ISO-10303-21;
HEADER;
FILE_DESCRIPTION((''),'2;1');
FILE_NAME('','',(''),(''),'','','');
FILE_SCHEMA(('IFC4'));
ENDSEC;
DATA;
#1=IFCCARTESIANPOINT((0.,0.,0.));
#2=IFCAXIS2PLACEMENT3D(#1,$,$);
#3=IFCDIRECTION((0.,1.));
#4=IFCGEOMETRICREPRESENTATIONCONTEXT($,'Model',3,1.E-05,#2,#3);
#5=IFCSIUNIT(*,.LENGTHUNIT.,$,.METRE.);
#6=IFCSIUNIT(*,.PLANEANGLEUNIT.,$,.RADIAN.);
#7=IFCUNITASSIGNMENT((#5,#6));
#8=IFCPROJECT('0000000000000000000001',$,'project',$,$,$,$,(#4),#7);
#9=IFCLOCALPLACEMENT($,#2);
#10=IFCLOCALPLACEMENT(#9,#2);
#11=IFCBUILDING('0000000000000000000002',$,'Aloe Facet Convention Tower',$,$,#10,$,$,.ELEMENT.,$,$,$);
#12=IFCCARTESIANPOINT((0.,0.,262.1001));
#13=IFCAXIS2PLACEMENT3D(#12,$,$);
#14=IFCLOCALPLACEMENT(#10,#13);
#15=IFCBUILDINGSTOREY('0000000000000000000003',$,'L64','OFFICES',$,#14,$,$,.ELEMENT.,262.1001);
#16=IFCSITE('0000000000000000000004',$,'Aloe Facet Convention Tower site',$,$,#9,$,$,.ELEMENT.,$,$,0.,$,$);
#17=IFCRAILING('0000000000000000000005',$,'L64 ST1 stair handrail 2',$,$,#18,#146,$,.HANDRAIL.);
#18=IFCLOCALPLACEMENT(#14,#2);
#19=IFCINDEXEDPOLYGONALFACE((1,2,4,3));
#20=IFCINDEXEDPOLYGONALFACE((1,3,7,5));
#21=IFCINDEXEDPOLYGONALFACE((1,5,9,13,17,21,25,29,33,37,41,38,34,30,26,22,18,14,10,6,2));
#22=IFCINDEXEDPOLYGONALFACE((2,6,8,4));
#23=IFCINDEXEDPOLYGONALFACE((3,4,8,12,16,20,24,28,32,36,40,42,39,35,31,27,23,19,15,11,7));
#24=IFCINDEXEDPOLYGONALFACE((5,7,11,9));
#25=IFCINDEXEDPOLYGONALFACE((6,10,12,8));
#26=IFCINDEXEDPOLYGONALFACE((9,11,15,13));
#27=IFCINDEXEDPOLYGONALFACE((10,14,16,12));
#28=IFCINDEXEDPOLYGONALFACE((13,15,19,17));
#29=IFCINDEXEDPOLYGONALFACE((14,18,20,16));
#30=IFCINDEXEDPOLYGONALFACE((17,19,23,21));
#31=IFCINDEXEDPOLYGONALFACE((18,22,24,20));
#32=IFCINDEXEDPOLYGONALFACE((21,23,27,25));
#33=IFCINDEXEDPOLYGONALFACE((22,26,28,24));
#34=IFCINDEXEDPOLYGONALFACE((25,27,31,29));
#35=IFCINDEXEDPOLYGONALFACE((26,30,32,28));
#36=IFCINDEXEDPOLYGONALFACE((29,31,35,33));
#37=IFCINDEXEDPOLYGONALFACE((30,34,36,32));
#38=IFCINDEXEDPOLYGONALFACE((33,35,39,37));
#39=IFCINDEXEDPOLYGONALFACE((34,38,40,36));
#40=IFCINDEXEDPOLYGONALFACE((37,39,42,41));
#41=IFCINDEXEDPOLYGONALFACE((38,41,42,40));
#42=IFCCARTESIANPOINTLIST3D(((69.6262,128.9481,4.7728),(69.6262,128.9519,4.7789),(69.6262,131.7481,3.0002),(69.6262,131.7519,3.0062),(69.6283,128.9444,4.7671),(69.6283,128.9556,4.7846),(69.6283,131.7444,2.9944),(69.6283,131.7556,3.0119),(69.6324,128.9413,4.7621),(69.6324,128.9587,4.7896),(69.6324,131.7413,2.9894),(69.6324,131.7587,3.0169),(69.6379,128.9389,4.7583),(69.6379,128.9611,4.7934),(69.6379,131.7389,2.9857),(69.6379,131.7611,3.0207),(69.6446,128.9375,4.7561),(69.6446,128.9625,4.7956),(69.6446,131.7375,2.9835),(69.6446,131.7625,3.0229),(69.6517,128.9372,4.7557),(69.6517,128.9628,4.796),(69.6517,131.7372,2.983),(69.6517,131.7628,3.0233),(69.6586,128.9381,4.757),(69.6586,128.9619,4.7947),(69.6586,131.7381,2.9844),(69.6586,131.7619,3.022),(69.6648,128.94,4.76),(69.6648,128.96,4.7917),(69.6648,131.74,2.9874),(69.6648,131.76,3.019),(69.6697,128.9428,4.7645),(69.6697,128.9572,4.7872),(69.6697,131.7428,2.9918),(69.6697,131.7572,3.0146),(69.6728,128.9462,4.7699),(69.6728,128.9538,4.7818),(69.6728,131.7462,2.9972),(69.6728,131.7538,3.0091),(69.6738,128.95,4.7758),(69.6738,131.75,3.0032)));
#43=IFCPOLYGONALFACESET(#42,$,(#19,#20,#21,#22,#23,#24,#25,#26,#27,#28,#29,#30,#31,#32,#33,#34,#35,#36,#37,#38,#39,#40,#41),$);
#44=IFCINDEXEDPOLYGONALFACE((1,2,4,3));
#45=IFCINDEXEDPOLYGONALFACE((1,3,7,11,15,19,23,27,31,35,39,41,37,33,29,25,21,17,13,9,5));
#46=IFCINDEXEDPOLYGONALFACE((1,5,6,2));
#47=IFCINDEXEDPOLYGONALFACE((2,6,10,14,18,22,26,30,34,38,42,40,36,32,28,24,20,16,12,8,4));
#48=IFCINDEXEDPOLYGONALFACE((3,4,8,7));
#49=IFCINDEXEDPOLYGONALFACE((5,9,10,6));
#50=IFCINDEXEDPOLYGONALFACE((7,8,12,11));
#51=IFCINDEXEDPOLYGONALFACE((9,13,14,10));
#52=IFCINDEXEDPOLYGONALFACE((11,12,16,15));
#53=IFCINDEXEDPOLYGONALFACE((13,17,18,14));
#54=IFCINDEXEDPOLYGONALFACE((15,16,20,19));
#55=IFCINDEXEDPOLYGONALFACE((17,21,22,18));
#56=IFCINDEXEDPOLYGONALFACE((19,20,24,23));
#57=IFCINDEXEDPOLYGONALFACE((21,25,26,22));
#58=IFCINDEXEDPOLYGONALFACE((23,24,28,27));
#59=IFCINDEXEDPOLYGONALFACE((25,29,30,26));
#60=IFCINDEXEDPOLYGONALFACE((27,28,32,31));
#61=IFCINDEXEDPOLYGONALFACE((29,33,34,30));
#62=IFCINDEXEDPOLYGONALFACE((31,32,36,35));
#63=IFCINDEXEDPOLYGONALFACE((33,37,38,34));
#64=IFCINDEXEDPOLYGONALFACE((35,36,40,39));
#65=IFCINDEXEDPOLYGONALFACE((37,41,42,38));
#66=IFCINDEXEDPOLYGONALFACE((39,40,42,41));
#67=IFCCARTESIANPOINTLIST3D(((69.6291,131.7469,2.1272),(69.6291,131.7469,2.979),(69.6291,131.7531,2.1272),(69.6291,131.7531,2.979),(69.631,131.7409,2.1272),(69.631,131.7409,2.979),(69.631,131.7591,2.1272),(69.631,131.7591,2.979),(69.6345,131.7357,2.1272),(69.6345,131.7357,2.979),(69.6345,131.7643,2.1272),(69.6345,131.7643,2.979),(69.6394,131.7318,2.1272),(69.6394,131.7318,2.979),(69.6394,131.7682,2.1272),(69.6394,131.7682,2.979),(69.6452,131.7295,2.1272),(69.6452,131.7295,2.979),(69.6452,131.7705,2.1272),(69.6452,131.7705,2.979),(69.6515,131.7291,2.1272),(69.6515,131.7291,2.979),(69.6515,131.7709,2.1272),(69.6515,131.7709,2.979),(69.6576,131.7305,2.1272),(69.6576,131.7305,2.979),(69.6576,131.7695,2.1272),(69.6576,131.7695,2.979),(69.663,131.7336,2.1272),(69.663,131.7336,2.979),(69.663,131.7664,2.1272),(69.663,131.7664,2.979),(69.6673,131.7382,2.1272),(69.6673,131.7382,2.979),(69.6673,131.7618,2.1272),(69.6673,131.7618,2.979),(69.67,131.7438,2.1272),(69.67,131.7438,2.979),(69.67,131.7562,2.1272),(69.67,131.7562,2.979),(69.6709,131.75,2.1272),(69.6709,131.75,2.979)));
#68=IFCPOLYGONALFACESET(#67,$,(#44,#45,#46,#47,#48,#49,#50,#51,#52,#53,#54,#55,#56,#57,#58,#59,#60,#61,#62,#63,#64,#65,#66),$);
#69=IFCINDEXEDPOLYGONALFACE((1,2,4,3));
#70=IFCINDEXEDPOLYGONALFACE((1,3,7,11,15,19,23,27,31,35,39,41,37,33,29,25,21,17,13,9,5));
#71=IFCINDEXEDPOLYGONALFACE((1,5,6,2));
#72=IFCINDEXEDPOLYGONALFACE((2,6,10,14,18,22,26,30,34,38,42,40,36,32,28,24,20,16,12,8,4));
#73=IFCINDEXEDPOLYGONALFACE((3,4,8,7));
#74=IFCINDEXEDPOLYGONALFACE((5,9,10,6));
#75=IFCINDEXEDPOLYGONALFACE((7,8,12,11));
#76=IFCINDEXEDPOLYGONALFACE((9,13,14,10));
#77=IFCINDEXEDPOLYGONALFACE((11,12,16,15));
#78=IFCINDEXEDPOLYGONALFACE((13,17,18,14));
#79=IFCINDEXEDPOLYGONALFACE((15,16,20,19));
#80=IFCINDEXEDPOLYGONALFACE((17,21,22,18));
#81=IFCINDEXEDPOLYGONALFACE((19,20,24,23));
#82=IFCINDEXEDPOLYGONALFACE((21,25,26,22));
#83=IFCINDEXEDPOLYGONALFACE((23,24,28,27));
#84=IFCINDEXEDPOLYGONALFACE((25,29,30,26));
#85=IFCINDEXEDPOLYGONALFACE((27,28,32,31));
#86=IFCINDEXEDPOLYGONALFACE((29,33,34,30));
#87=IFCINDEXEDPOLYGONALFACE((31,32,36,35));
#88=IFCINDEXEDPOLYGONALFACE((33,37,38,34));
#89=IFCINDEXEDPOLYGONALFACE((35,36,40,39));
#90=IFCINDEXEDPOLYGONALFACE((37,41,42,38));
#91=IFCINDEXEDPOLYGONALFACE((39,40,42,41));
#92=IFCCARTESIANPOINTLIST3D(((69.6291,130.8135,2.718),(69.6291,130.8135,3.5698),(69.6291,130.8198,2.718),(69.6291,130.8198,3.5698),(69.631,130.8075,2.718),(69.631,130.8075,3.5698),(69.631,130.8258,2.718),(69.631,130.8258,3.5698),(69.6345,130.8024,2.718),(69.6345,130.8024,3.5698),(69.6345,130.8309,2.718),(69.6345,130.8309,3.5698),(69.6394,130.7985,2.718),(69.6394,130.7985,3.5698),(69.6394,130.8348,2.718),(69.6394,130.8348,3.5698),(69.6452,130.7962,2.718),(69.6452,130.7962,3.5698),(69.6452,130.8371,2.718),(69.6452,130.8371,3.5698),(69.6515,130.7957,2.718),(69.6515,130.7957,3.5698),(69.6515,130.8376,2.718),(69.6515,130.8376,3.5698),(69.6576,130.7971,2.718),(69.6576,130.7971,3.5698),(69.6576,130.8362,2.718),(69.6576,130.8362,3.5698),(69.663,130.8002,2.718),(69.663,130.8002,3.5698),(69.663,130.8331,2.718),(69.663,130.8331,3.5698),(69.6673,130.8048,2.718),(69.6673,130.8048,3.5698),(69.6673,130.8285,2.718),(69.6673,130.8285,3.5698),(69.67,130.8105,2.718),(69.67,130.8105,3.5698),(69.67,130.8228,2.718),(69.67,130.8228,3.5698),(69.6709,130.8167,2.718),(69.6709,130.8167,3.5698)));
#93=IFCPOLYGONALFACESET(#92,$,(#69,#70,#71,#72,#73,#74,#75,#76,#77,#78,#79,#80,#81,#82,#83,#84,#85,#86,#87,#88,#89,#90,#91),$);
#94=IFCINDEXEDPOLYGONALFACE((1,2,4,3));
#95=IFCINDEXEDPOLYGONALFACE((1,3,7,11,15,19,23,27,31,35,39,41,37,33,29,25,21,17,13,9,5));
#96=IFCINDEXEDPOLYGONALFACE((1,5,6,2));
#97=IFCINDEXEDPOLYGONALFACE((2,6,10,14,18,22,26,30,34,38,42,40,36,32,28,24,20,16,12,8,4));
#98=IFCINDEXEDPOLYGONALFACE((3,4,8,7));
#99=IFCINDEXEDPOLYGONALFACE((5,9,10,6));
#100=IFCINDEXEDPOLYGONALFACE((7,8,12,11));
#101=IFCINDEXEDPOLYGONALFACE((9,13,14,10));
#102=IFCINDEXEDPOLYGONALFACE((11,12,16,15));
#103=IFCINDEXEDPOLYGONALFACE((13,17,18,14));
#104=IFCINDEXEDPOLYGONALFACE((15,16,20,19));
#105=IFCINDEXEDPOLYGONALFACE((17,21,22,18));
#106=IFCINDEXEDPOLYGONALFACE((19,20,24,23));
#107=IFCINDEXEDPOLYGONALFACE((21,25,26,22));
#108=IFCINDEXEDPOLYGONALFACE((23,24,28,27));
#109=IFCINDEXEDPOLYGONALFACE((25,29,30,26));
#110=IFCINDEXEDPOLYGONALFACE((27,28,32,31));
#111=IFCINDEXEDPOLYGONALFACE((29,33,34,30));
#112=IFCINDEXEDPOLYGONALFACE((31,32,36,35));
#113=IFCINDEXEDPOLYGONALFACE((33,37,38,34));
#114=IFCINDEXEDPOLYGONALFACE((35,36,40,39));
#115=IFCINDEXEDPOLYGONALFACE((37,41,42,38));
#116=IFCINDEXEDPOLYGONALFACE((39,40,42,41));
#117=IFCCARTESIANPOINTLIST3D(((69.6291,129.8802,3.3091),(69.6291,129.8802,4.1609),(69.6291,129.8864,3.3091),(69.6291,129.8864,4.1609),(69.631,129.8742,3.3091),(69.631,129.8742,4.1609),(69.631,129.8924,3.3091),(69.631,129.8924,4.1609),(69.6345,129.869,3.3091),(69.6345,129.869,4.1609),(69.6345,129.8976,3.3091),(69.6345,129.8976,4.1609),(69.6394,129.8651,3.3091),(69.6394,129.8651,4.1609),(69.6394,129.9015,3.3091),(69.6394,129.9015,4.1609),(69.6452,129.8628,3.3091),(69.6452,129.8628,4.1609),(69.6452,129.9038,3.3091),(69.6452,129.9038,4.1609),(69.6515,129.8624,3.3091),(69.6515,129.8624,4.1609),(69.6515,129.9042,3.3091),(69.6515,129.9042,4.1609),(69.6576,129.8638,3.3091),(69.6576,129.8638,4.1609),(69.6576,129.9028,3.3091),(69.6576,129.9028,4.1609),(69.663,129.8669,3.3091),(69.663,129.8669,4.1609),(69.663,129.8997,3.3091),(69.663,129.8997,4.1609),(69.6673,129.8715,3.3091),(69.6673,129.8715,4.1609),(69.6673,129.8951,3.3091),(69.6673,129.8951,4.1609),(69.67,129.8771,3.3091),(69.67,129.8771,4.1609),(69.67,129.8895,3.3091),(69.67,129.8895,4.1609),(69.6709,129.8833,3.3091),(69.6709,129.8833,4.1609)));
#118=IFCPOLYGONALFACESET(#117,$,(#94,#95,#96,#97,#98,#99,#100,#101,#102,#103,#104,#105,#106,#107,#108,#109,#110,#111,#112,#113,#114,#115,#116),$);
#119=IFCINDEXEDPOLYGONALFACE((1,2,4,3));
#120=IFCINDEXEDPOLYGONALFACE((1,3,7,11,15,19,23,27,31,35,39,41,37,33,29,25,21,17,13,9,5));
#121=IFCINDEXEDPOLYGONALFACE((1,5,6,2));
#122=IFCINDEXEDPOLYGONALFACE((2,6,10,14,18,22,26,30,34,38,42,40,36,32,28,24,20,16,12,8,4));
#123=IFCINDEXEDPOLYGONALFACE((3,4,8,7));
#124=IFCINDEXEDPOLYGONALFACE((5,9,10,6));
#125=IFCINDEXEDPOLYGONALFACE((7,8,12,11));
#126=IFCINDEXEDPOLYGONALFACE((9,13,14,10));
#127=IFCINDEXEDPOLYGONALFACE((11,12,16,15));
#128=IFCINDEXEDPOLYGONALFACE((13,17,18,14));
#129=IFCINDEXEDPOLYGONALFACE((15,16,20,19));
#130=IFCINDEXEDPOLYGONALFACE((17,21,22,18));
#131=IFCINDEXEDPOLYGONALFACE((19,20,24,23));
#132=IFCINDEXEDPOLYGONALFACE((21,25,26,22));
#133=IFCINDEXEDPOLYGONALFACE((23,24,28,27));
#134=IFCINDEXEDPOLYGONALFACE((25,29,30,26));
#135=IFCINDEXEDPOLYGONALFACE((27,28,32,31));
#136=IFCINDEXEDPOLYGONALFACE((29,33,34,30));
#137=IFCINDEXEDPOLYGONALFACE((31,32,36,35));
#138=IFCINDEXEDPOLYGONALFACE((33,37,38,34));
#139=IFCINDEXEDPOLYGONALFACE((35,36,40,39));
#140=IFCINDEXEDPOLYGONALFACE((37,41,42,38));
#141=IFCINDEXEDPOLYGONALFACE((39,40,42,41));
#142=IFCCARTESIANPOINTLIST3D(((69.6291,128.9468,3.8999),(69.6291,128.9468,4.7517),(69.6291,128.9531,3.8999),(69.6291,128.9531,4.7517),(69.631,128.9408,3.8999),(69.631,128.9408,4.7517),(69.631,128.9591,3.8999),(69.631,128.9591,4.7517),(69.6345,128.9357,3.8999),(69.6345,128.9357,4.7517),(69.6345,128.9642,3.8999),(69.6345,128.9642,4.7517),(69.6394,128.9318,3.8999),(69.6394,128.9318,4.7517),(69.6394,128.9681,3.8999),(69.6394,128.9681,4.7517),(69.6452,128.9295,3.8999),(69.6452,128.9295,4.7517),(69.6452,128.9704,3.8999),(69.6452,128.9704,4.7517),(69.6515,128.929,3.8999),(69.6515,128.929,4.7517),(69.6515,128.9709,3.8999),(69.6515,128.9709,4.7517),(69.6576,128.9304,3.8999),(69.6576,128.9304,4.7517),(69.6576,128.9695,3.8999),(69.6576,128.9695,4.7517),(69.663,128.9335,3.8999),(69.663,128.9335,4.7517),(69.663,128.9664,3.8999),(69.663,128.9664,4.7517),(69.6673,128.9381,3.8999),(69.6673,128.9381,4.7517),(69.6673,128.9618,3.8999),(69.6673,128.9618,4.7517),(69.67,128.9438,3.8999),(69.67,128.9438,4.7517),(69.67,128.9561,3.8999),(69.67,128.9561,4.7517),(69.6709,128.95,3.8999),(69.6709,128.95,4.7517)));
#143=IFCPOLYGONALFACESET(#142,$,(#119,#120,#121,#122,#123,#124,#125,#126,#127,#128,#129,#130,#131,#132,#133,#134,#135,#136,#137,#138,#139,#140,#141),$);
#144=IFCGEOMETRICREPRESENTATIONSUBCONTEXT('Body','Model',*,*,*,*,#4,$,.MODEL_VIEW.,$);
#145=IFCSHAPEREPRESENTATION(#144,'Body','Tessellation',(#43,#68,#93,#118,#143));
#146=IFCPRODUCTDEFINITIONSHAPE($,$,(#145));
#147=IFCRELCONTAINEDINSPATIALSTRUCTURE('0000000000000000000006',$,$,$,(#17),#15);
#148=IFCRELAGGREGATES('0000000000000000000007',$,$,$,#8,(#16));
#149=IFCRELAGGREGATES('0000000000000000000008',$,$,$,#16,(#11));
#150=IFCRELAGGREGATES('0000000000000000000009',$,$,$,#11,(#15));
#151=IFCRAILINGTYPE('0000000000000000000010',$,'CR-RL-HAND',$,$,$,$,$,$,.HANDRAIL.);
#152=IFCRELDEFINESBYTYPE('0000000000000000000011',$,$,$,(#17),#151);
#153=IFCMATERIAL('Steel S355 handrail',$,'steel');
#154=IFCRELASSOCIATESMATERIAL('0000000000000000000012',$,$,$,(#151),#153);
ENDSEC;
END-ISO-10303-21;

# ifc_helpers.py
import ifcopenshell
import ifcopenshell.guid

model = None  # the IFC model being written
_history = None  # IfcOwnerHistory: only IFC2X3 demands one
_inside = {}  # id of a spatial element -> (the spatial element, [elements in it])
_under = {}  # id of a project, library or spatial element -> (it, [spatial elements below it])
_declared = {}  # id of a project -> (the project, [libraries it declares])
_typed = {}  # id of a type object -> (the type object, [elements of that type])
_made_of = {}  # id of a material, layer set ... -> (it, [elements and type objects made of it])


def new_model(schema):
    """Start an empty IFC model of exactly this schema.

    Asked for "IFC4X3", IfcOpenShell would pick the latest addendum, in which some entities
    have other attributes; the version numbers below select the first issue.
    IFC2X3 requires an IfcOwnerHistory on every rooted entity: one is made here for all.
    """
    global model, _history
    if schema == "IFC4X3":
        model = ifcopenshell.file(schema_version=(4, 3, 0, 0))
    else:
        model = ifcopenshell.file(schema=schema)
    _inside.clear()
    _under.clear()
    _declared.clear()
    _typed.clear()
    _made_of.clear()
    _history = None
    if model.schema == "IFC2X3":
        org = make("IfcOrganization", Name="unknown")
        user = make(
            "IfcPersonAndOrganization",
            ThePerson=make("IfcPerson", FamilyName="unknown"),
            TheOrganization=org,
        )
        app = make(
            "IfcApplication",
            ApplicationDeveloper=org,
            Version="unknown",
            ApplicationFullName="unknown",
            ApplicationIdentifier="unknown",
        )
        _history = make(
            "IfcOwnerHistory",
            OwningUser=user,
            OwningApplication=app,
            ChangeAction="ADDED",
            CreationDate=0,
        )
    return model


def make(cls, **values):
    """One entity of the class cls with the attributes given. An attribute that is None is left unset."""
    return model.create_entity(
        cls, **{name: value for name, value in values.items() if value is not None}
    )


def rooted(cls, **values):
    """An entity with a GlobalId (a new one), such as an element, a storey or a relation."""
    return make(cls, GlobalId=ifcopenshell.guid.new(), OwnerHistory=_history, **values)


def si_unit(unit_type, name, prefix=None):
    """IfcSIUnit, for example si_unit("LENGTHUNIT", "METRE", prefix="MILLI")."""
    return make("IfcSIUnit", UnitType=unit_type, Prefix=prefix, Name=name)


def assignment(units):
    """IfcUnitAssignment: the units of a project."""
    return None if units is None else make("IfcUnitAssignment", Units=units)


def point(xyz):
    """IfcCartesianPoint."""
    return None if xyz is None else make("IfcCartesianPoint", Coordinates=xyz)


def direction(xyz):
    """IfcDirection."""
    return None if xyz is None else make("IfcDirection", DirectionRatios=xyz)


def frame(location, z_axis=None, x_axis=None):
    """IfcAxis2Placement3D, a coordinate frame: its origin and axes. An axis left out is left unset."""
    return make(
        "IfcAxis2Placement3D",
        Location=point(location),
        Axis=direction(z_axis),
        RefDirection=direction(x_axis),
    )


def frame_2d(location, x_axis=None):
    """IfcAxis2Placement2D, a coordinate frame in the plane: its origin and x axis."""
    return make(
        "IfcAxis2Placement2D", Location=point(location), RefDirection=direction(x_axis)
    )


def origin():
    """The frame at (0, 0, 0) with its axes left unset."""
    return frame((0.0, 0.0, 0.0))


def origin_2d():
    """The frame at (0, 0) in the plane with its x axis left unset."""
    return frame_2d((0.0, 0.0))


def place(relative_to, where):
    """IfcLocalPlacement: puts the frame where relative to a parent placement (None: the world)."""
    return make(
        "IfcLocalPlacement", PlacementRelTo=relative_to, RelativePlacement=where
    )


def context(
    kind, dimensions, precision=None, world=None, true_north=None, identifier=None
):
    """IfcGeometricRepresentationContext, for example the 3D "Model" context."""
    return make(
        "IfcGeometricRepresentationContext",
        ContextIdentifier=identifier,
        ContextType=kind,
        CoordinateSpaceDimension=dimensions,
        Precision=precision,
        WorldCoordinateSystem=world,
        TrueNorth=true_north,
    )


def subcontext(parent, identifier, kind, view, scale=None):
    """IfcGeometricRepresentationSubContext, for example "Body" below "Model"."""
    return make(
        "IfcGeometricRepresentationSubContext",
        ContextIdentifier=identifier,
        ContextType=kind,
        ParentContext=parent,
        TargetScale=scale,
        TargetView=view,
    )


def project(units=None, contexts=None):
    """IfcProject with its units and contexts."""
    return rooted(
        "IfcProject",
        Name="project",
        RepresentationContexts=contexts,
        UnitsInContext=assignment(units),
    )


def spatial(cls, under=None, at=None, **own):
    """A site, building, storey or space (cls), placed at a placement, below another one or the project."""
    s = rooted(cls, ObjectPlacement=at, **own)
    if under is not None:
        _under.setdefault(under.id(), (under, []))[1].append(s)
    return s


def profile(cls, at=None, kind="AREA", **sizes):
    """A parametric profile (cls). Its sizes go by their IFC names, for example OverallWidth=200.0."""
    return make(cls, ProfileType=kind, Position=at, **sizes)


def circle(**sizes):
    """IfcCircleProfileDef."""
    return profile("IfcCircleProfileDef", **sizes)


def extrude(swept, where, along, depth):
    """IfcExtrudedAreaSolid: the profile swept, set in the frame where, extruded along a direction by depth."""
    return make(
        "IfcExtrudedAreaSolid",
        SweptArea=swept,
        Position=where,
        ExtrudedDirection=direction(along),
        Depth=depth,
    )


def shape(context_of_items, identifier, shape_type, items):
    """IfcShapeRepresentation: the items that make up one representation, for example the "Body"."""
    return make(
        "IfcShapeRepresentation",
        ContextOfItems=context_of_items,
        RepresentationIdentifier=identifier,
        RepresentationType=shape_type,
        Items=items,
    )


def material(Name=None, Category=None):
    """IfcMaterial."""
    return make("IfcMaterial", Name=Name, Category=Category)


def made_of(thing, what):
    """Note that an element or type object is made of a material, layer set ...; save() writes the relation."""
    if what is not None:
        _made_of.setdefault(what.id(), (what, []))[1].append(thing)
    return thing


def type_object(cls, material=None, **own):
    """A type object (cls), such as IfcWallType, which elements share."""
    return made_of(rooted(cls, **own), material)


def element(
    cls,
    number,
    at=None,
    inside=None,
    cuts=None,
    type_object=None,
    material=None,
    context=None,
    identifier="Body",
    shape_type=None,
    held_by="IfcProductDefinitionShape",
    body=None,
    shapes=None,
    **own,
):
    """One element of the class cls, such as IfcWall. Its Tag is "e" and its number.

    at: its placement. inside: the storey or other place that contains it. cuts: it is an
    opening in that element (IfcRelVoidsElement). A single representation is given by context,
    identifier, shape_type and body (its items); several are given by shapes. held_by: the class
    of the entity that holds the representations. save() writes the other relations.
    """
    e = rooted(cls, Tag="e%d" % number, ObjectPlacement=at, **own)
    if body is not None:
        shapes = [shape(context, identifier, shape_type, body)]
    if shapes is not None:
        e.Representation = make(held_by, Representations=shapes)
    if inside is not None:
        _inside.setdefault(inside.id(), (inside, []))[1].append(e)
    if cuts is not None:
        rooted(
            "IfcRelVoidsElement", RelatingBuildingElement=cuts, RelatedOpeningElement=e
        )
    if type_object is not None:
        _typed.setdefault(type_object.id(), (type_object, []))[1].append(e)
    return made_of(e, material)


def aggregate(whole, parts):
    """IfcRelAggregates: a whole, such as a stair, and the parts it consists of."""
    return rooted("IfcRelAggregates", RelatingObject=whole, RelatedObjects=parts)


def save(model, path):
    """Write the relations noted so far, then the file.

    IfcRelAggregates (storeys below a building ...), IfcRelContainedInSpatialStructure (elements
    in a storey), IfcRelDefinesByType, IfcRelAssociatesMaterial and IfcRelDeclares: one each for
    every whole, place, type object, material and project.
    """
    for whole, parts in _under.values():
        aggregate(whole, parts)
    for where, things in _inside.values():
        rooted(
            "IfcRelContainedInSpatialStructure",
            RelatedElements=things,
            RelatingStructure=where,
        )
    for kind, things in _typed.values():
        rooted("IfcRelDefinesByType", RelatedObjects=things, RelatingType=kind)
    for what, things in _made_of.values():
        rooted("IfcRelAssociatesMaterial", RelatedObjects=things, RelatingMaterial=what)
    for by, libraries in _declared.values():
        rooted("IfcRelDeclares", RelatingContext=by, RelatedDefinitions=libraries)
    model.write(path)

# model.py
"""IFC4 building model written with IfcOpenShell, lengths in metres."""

from ifc_helpers import new_model, si_unit, direction, frame, origin, origin_2d, place, context, subcontext, project, spatial, circle, extrude, material, type_object, element, save


model = new_model("IFC4")

# Units and contexts
model_context = context("Model", 3, precision=1e-05, world=origin(), true_north=direction((0.0, 1.0)))
body_context = subcontext(model_context, "Body", "Model", "MODEL_VIEW")
ifc_project = project(units=[si_unit("LENGTHUNIT", "METRE"), si_unit("PLANEANGLEUNIT", "RADIAN")], contexts=[model_context])

# Site, building, storey
site_placement = place(None, origin())
site = spatial("IfcSite", under=ifc_project, at=site_placement, Name="Aloe Facet Convention Tower site", CompositionType="ELEMENT", RefElevation=0.0)
building_placement = place(site_placement, origin())
building = spatial("IfcBuilding", under=site, at=building_placement, Name="Aloe Facet Convention Tower", CompositionType="ELEMENT")
storey_placement = place(building_placement, frame((0.0, 0.0, 262.1001)))
storey = spatial("IfcBuildingStorey", under=building, at=storey_placement, Name="L64", Description="OFFICES", CompositionType="ELEMENT", Elevation=262.1001)

# Railing
ifc_material_1 = material(Name="Steel S355 handrail", Category="steel")
railing_type_1 = type_object("IfcRailingType", Name="CR-RL-HAND", PredefinedType="HANDRAIL", material=ifc_material_1)
railing_1_placement = place(storey_placement, frame((69.6499, 131.75, 2.1272)))
element("IfcRailing", 1, at=railing_1_placement, inside=storey, type_object=railing_type_1, Name="L64 ST1 stair handrail 2", PredefinedType="HANDRAIL", context=body_context, shape_type="SweptSolid", body=[
    extrude(circle(Radius=0.0239, at=origin_2d()), frame((0.0, 0.0, 0.876), z_axis=(0.0, -0.844909, 0.53491), x_axis=(1.0, 0.0, 0.0)), (0.0, 0.0, 1.0), 3.314),
    extrude(circle(Radius=0.021, at=origin_2d()), origin(), (0.0, 0.0, 1.0), 0.8518),
    extrude(circle(Radius=0.021, at=origin_2d()), frame((0.0, -0.9333, 0.5908)), (0.0, 0.0, 1.0), 0.8518),
    extrude(circle(Radius=0.021, at=origin_2d()), frame((0.0, -1.8667, 1.1819)), (0.0, 0.0, 1.0), 0.8518),
    extrude(circle(Radius=0.021, at=origin_2d()), frame((0.0, -2.8, 1.7727)), (0.0, 0.0, 1.0), 0.8518),
])

save(model, "model.ifc")
